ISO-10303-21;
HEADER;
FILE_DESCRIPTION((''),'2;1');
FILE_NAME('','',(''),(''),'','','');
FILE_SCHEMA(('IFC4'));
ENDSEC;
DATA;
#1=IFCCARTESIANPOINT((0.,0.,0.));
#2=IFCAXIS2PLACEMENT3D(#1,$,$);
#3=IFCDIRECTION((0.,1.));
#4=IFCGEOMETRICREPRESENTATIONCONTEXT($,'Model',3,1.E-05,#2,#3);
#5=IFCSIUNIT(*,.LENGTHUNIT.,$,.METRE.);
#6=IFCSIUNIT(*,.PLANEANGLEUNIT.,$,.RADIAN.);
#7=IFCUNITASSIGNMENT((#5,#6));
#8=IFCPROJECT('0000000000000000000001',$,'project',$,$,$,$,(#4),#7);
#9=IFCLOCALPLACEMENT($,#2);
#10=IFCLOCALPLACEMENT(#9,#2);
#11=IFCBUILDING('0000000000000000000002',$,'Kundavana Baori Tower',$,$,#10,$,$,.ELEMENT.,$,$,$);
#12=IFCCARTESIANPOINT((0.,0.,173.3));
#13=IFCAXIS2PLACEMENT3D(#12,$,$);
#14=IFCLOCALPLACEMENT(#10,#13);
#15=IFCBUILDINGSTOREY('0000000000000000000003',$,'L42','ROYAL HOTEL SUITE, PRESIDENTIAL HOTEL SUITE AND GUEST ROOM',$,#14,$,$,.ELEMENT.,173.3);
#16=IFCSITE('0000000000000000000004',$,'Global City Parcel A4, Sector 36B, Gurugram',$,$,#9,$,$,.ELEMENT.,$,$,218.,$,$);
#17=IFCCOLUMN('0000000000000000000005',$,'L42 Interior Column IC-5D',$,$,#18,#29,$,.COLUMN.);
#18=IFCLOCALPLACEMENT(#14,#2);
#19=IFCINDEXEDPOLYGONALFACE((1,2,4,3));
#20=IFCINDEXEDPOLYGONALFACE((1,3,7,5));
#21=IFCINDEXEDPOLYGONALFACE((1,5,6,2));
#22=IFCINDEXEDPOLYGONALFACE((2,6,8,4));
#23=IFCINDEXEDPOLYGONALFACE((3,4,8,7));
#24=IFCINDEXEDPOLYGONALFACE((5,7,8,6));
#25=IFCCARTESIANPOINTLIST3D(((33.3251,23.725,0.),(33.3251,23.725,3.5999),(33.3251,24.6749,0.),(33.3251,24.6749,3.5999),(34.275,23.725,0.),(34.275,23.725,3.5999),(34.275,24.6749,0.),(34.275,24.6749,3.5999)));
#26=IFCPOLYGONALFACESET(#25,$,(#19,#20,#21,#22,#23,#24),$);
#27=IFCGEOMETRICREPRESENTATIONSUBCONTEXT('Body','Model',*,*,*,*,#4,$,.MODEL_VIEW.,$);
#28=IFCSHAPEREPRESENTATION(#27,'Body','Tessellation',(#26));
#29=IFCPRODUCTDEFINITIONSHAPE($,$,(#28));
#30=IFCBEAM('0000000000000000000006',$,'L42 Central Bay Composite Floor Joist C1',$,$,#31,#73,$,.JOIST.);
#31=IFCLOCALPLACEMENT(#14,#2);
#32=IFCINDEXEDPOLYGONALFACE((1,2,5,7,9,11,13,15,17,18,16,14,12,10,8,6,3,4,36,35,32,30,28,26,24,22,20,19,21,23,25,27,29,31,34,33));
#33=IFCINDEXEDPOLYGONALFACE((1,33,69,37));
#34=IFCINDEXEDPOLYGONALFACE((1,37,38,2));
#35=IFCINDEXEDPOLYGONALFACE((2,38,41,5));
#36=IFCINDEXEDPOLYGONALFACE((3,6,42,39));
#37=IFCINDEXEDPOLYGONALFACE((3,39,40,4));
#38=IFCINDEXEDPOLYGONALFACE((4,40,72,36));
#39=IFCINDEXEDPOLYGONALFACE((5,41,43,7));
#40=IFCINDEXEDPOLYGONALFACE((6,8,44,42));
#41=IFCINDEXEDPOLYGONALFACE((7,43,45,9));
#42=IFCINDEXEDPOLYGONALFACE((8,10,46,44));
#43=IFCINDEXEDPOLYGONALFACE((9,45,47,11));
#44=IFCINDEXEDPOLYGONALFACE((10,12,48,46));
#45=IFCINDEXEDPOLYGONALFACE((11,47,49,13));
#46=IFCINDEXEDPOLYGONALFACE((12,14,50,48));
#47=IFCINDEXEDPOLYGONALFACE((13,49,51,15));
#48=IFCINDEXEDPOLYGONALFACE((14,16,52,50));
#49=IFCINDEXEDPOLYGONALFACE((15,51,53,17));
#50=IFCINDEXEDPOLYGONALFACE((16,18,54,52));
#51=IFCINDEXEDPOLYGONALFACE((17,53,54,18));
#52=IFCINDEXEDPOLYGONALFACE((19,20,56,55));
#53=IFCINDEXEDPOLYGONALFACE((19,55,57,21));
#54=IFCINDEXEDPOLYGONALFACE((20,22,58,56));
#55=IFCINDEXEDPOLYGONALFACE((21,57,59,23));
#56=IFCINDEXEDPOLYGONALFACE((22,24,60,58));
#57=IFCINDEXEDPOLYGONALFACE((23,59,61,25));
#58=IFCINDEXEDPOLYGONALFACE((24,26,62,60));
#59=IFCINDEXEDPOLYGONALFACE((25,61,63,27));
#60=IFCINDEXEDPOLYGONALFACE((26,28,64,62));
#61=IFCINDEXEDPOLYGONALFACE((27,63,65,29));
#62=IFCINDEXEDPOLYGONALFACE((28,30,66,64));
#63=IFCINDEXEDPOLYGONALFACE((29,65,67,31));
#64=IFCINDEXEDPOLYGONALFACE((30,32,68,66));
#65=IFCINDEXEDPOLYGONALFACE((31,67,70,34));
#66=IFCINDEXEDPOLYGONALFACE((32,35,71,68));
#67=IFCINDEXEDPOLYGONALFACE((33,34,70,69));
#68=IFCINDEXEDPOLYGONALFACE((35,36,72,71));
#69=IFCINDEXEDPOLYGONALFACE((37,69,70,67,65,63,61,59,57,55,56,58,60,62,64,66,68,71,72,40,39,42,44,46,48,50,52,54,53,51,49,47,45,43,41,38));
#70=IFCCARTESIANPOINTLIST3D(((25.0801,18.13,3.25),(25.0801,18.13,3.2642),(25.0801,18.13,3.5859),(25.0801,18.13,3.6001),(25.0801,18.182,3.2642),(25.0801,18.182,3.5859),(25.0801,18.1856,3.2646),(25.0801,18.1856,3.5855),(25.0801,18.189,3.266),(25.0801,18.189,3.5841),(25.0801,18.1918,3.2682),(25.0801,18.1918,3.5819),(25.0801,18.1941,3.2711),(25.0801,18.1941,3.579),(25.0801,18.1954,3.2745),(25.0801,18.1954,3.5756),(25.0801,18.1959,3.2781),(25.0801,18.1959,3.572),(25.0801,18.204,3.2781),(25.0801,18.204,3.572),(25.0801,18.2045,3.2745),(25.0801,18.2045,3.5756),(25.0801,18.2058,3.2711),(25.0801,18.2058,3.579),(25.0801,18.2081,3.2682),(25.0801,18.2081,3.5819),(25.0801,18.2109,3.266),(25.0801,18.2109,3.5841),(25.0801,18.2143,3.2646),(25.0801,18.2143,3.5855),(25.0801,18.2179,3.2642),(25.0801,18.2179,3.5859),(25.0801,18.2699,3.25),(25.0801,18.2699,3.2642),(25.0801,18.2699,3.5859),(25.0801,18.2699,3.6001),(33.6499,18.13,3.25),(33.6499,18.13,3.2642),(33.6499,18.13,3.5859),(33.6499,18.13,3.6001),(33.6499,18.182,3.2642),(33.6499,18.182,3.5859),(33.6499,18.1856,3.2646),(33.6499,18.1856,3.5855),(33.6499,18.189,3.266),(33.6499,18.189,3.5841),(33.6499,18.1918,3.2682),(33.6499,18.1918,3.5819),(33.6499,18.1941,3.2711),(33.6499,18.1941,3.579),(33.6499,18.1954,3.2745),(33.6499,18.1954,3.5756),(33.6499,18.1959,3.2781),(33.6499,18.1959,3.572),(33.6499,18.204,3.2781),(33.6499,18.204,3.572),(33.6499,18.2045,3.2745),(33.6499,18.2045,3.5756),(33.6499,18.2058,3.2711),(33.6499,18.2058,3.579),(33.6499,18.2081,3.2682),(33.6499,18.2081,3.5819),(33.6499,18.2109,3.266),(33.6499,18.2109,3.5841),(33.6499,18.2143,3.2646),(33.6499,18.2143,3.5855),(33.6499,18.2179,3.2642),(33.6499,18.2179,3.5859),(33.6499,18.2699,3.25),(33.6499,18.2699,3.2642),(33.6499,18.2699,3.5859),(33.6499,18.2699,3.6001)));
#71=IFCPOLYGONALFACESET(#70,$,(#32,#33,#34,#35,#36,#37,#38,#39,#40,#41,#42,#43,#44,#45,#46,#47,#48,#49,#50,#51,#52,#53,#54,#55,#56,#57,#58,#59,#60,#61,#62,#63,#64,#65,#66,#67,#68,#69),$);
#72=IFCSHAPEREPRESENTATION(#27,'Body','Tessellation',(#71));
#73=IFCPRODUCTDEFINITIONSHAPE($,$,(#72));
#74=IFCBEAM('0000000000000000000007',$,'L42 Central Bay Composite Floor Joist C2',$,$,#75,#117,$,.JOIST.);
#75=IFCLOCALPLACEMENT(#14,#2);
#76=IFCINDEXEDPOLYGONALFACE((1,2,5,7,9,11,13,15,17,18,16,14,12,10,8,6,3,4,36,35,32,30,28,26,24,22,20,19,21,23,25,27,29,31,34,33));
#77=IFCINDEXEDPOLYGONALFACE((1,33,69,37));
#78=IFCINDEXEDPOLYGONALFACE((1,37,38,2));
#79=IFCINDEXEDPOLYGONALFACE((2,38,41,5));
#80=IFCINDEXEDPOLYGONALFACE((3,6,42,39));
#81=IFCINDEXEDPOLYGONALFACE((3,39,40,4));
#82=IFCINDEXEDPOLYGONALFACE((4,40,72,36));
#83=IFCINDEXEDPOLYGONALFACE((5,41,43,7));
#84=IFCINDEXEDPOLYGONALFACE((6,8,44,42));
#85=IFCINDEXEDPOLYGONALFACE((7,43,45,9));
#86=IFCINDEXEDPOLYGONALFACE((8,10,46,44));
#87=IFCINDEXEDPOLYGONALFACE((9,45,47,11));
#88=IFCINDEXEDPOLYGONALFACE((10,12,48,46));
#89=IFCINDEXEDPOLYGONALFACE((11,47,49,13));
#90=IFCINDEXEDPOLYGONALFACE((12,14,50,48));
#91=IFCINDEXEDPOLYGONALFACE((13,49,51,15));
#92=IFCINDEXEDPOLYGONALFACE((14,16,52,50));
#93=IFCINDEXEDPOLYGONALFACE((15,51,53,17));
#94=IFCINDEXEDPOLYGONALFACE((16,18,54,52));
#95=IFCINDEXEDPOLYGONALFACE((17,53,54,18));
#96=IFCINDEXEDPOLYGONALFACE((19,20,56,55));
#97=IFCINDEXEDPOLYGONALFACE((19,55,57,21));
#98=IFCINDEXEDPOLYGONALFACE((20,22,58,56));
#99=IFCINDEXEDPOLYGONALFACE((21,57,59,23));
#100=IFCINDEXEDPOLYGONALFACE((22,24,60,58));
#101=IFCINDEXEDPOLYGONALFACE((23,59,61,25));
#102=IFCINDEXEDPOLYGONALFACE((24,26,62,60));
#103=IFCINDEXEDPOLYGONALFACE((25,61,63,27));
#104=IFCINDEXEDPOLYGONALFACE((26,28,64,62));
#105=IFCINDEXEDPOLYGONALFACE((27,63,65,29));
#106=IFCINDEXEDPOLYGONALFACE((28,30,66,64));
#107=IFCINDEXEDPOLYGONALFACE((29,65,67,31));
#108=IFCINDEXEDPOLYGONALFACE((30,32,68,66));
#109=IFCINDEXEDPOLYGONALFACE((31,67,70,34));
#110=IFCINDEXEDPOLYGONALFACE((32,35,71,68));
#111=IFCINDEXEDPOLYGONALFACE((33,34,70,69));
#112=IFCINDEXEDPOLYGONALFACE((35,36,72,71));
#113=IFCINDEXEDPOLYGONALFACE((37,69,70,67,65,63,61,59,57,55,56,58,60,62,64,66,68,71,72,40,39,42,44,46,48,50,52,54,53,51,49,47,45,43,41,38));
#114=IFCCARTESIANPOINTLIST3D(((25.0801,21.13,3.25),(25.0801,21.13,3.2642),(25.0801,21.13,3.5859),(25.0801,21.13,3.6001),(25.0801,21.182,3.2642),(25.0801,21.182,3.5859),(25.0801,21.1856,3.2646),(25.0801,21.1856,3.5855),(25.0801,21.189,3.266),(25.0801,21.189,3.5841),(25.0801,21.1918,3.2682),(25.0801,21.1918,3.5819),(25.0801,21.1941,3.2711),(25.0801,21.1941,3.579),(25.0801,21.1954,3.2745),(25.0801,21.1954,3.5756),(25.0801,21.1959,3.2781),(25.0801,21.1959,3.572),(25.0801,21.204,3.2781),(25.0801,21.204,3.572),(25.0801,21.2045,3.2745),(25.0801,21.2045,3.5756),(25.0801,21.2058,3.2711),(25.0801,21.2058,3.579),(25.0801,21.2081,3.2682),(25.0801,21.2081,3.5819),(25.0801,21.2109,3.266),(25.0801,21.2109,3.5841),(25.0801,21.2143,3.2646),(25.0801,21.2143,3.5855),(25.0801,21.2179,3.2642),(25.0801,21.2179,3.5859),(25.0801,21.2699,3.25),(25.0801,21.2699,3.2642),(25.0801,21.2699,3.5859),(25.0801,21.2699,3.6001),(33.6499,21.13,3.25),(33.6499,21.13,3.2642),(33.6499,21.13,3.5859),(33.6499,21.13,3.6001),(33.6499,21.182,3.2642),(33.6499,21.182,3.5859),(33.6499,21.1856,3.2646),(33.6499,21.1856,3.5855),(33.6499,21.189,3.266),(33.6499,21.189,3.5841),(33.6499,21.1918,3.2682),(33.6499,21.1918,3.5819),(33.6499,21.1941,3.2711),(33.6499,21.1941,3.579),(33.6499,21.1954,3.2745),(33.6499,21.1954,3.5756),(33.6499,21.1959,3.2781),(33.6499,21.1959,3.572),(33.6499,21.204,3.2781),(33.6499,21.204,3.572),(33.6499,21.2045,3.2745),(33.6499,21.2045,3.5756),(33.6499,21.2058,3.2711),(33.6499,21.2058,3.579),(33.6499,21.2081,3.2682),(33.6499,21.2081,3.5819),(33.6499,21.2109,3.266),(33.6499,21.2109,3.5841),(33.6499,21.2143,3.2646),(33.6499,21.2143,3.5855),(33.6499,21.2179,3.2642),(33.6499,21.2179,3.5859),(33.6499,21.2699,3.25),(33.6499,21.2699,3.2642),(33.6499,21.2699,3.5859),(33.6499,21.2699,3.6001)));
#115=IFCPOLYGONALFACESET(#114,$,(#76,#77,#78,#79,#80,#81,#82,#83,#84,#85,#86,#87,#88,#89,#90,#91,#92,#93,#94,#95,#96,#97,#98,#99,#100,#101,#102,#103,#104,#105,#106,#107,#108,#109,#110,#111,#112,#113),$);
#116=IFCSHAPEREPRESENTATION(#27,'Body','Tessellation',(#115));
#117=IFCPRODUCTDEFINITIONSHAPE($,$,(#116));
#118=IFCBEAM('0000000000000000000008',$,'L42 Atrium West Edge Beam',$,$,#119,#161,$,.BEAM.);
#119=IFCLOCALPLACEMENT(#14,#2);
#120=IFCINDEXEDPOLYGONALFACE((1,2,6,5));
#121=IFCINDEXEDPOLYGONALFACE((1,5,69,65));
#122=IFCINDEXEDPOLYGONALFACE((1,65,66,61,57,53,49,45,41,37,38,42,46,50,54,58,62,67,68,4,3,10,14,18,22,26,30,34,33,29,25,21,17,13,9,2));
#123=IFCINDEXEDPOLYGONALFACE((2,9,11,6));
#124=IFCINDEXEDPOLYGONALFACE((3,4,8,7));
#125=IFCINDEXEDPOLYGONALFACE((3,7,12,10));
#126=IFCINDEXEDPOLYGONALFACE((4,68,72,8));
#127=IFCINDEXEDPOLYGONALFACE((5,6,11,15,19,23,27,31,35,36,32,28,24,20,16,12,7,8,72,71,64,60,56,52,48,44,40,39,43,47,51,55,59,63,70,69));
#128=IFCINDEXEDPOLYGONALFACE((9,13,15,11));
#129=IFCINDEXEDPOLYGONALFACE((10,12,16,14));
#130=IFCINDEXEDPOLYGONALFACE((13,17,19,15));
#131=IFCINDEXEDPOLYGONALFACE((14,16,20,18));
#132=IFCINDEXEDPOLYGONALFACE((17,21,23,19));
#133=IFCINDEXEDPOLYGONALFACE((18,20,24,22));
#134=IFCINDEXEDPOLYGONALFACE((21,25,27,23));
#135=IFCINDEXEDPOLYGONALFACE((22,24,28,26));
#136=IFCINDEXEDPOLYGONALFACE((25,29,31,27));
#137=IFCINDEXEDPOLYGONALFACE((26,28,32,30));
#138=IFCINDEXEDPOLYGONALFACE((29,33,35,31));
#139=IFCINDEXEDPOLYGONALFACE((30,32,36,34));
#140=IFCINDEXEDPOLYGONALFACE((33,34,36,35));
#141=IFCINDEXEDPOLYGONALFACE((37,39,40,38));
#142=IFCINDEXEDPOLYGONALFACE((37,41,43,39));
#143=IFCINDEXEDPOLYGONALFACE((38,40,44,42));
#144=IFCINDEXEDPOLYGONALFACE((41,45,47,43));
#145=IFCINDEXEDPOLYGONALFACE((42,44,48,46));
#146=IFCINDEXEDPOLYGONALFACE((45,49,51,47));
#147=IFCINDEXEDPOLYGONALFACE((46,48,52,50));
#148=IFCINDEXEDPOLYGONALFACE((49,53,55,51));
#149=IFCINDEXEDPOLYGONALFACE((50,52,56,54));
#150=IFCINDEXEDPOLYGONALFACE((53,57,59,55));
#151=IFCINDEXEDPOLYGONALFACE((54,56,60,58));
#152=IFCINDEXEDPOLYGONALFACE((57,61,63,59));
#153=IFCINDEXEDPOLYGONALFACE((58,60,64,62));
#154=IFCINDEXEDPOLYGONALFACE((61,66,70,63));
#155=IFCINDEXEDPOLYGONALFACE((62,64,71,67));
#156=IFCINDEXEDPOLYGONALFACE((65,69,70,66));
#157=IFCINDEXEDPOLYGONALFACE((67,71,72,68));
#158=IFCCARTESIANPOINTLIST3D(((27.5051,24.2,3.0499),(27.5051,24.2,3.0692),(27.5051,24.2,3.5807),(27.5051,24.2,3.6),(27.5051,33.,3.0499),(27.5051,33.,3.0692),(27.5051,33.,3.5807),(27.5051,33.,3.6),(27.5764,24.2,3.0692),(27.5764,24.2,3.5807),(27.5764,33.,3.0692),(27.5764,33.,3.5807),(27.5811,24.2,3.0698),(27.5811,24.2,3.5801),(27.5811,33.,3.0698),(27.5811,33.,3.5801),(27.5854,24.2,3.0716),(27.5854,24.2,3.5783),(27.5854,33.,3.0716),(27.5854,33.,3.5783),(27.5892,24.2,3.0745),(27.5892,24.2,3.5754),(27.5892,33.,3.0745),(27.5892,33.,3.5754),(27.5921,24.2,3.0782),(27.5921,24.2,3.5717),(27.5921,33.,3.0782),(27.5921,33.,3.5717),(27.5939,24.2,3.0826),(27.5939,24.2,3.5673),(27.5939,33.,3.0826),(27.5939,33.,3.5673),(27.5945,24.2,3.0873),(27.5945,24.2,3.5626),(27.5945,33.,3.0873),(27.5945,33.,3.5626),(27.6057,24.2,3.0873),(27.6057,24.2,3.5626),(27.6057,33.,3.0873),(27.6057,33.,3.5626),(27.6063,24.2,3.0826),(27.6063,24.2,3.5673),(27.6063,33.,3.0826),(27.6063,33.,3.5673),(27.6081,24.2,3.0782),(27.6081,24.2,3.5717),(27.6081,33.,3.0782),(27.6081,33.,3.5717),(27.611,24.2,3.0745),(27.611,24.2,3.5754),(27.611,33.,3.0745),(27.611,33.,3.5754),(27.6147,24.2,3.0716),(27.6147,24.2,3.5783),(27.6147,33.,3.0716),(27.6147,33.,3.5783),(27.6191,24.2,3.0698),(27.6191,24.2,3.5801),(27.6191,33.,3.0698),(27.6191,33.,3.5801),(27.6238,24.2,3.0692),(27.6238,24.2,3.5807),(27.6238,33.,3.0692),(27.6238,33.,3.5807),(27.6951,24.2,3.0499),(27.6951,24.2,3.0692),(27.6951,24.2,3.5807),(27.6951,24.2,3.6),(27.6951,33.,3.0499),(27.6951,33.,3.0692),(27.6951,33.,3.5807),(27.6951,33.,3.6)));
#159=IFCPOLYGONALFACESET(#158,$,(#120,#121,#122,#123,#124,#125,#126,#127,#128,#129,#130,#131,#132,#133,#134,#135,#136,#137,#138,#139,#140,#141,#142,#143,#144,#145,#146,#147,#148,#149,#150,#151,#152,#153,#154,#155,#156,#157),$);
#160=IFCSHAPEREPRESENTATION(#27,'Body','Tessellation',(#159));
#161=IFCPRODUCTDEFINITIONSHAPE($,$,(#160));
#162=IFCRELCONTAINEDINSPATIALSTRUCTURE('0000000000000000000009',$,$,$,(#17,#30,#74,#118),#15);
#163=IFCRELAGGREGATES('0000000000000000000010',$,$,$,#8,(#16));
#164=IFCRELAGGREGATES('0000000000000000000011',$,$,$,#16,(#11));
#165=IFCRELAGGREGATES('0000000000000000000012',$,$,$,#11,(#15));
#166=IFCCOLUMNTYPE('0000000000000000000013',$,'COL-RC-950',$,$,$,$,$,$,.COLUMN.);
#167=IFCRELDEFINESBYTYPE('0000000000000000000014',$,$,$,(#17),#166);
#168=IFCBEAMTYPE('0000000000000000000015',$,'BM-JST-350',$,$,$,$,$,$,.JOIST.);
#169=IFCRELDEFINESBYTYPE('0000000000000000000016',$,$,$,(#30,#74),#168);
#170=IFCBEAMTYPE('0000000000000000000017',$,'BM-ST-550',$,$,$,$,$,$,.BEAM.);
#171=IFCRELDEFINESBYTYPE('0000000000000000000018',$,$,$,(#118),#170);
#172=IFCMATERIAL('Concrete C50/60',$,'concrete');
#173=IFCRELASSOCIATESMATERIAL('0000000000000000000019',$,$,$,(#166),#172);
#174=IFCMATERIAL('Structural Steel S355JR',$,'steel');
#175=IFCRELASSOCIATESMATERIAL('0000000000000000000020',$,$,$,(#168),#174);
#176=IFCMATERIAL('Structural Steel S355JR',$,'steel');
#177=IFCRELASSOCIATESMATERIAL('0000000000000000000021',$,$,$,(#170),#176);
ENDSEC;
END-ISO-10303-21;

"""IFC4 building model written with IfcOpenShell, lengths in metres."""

from ifc_helpers import new_model, si_unit, direction, frame, origin, origin_2d, place, context, subcontext, project, spatial, rectangle, i_section, extrude, material, material_profile, profile_set, type_object, element, save


model = new_model("IFC4")

# Units and contexts
model_context = context("Model", 3, precision=1e-05, world=origin(), true_north=direction((0.0, 1.0)))
body_context = subcontext(model_context, "Body", "Model", "MODEL_VIEW")
ifc_project = project(units=[si_unit("LENGTHUNIT", "METRE"), si_unit("PLANEANGLEUNIT", "RADIAN")], contexts=[model_context])

# Site, building, storey
site_placement = place(None, origin())
site = spatial("IfcSite", under=ifc_project, at=site_placement, Name="Global City Parcel A4, Sector 36B, Gurugram", CompositionType="ELEMENT", RefElevation=218.0)
building_placement = place(site_placement, origin())
building = spatial("IfcBuilding", under=site, at=building_placement, Name="Kundavana Baori Tower", CompositionType="ELEMENT")
storey_placement = place(building_placement, frame((0.0, 0.0, 173.3)))
storey = spatial("IfcBuildingStorey", under=building, at=storey_placement, Name="L42", Description="ROYAL HOTEL SUITE, PRESIDENTIAL HOTEL SUITE AND GUEST ROOM", CompositionType="ELEMENT", Elevation=173.3)

# Column
ifc_material_1 = material(Name="Concrete C50/60", Category="concrete")
ifc_material_profile_1 = material_profile(ifc_material_1, rectangle(XDim=0.95, YDim=0.95, at=origin_2d()), Name="RC 950x950")
ifc_profile_set_1 = profile_set([ifc_material_profile_1], Name="Concrete C50/60")
column_type = type_object("IfcColumnType", Name="COL-RC-950", PredefinedType="COLUMN", material=ifc_profile_set_1)
column_placement = place(storey_placement, frame((33.8, 24.2, 0.0), z_axis=(0.0, 0.0, 1.0), x_axis=(1.0, 0.0, 0.0)))
element("IfcColumn", 1, at=column_placement, inside=storey, type_object=column_type, Name="L42 Interior Column IC-5D", PredefinedType="COLUMN", context=body_context, shape_type="SweptSolid", body=[
    extrude(rectangle(XDim=0.95, YDim=0.95, at=origin_2d()), origin(), (0.0, 0.0, 1.0), 3.5999),
])

# Beams
ifc_material_2 = material(Name="Structural Steel S355JR", Category="steel")
ifc_material_profile_2 = material_profile(ifc_material_2, i_section(OverallWidth=0.1399, OverallDepth=0.3501, WebThickness=0.0081, FlangeThickness=0.0142, FilletRadius=0.0139, at=origin_2d()), Name="ISMB 350")
ifc_profile_set_2 = profile_set([ifc_material_profile_2], Name="Structural Steel S355JR")
beam_type_1 = type_object("IfcBeamType", Name="BM-JST-350", PredefinedType="JOIST", material=ifc_profile_set_2)
for number, where, z_axis, x_axis, name in (
    (2, (25.0801, 18.2, 3.425), (1.0, 0.0, 0.0), (0.0, 1.0, 0.0), "L42 Central Bay Composite Floor Joist C1"),
    (3, (25.0801, 21.2, 3.425), (1.0, 0.0, 0.0), (0.0, 1.0, 0.0), "L42 Central Bay Composite Floor Joist C2"),
):
    element("IfcBeam", number, at=place(storey_placement, frame(where, z_axis=z_axis, x_axis=x_axis)), inside=storey, type_object=beam_type_1, Name=name, PredefinedType="JOIST", context=body_context, shape_type="SweptSolid", body=[
        extrude(i_section(OverallWidth=0.1399, OverallDepth=0.3501, WebThickness=0.0081, FlangeThickness=0.0142, FilletRadius=0.0139, at=origin_2d()), origin(), (0.0, 0.0, 1.0), 8.5698),
    ])
ifc_material_3 = material(Name="Structural Steel S355JR", Category="steel")
ifc_material_profile_3 = material_profile(ifc_material_3, i_section(OverallWidth=0.1899, OverallDepth=0.55, WebThickness=0.0112, FlangeThickness=0.0193, FilletRadius=0.0181, at=origin_2d()), Name="ISMB 550")
ifc_profile_set_3 = profile_set([ifc_material_profile_3], Name="Structural Steel S355JR")
beam_type_2 = type_object("IfcBeamType", Name="BM-ST-550", PredefinedType="BEAM", material=ifc_profile_set_3)
for number, where, z_axis, x_axis, name in (
    (4, (27.6001, 24.2, 3.325), (0.0, 1.0, 0.0), (-1.0, 0.0, 0.0), "L42 Atrium West Edge Beam"),
):
    element("IfcBeam", number, at=place(storey_placement, frame(where, z_axis=z_axis, x_axis=x_axis)), inside=storey, type_object=beam_type_2, Name=name, PredefinedType="BEAM", context=body_context, shape_type="SweptSolid", body=[
        extrude(i_section(OverallWidth=0.1899, OverallDepth=0.55, WebThickness=0.0112, FlangeThickness=0.0193, FilletRadius=0.0181, at=origin_2d()), origin(), (0.0, 0.0, 1.0), 8.8),
    ])

save(model, "model.ifc")
